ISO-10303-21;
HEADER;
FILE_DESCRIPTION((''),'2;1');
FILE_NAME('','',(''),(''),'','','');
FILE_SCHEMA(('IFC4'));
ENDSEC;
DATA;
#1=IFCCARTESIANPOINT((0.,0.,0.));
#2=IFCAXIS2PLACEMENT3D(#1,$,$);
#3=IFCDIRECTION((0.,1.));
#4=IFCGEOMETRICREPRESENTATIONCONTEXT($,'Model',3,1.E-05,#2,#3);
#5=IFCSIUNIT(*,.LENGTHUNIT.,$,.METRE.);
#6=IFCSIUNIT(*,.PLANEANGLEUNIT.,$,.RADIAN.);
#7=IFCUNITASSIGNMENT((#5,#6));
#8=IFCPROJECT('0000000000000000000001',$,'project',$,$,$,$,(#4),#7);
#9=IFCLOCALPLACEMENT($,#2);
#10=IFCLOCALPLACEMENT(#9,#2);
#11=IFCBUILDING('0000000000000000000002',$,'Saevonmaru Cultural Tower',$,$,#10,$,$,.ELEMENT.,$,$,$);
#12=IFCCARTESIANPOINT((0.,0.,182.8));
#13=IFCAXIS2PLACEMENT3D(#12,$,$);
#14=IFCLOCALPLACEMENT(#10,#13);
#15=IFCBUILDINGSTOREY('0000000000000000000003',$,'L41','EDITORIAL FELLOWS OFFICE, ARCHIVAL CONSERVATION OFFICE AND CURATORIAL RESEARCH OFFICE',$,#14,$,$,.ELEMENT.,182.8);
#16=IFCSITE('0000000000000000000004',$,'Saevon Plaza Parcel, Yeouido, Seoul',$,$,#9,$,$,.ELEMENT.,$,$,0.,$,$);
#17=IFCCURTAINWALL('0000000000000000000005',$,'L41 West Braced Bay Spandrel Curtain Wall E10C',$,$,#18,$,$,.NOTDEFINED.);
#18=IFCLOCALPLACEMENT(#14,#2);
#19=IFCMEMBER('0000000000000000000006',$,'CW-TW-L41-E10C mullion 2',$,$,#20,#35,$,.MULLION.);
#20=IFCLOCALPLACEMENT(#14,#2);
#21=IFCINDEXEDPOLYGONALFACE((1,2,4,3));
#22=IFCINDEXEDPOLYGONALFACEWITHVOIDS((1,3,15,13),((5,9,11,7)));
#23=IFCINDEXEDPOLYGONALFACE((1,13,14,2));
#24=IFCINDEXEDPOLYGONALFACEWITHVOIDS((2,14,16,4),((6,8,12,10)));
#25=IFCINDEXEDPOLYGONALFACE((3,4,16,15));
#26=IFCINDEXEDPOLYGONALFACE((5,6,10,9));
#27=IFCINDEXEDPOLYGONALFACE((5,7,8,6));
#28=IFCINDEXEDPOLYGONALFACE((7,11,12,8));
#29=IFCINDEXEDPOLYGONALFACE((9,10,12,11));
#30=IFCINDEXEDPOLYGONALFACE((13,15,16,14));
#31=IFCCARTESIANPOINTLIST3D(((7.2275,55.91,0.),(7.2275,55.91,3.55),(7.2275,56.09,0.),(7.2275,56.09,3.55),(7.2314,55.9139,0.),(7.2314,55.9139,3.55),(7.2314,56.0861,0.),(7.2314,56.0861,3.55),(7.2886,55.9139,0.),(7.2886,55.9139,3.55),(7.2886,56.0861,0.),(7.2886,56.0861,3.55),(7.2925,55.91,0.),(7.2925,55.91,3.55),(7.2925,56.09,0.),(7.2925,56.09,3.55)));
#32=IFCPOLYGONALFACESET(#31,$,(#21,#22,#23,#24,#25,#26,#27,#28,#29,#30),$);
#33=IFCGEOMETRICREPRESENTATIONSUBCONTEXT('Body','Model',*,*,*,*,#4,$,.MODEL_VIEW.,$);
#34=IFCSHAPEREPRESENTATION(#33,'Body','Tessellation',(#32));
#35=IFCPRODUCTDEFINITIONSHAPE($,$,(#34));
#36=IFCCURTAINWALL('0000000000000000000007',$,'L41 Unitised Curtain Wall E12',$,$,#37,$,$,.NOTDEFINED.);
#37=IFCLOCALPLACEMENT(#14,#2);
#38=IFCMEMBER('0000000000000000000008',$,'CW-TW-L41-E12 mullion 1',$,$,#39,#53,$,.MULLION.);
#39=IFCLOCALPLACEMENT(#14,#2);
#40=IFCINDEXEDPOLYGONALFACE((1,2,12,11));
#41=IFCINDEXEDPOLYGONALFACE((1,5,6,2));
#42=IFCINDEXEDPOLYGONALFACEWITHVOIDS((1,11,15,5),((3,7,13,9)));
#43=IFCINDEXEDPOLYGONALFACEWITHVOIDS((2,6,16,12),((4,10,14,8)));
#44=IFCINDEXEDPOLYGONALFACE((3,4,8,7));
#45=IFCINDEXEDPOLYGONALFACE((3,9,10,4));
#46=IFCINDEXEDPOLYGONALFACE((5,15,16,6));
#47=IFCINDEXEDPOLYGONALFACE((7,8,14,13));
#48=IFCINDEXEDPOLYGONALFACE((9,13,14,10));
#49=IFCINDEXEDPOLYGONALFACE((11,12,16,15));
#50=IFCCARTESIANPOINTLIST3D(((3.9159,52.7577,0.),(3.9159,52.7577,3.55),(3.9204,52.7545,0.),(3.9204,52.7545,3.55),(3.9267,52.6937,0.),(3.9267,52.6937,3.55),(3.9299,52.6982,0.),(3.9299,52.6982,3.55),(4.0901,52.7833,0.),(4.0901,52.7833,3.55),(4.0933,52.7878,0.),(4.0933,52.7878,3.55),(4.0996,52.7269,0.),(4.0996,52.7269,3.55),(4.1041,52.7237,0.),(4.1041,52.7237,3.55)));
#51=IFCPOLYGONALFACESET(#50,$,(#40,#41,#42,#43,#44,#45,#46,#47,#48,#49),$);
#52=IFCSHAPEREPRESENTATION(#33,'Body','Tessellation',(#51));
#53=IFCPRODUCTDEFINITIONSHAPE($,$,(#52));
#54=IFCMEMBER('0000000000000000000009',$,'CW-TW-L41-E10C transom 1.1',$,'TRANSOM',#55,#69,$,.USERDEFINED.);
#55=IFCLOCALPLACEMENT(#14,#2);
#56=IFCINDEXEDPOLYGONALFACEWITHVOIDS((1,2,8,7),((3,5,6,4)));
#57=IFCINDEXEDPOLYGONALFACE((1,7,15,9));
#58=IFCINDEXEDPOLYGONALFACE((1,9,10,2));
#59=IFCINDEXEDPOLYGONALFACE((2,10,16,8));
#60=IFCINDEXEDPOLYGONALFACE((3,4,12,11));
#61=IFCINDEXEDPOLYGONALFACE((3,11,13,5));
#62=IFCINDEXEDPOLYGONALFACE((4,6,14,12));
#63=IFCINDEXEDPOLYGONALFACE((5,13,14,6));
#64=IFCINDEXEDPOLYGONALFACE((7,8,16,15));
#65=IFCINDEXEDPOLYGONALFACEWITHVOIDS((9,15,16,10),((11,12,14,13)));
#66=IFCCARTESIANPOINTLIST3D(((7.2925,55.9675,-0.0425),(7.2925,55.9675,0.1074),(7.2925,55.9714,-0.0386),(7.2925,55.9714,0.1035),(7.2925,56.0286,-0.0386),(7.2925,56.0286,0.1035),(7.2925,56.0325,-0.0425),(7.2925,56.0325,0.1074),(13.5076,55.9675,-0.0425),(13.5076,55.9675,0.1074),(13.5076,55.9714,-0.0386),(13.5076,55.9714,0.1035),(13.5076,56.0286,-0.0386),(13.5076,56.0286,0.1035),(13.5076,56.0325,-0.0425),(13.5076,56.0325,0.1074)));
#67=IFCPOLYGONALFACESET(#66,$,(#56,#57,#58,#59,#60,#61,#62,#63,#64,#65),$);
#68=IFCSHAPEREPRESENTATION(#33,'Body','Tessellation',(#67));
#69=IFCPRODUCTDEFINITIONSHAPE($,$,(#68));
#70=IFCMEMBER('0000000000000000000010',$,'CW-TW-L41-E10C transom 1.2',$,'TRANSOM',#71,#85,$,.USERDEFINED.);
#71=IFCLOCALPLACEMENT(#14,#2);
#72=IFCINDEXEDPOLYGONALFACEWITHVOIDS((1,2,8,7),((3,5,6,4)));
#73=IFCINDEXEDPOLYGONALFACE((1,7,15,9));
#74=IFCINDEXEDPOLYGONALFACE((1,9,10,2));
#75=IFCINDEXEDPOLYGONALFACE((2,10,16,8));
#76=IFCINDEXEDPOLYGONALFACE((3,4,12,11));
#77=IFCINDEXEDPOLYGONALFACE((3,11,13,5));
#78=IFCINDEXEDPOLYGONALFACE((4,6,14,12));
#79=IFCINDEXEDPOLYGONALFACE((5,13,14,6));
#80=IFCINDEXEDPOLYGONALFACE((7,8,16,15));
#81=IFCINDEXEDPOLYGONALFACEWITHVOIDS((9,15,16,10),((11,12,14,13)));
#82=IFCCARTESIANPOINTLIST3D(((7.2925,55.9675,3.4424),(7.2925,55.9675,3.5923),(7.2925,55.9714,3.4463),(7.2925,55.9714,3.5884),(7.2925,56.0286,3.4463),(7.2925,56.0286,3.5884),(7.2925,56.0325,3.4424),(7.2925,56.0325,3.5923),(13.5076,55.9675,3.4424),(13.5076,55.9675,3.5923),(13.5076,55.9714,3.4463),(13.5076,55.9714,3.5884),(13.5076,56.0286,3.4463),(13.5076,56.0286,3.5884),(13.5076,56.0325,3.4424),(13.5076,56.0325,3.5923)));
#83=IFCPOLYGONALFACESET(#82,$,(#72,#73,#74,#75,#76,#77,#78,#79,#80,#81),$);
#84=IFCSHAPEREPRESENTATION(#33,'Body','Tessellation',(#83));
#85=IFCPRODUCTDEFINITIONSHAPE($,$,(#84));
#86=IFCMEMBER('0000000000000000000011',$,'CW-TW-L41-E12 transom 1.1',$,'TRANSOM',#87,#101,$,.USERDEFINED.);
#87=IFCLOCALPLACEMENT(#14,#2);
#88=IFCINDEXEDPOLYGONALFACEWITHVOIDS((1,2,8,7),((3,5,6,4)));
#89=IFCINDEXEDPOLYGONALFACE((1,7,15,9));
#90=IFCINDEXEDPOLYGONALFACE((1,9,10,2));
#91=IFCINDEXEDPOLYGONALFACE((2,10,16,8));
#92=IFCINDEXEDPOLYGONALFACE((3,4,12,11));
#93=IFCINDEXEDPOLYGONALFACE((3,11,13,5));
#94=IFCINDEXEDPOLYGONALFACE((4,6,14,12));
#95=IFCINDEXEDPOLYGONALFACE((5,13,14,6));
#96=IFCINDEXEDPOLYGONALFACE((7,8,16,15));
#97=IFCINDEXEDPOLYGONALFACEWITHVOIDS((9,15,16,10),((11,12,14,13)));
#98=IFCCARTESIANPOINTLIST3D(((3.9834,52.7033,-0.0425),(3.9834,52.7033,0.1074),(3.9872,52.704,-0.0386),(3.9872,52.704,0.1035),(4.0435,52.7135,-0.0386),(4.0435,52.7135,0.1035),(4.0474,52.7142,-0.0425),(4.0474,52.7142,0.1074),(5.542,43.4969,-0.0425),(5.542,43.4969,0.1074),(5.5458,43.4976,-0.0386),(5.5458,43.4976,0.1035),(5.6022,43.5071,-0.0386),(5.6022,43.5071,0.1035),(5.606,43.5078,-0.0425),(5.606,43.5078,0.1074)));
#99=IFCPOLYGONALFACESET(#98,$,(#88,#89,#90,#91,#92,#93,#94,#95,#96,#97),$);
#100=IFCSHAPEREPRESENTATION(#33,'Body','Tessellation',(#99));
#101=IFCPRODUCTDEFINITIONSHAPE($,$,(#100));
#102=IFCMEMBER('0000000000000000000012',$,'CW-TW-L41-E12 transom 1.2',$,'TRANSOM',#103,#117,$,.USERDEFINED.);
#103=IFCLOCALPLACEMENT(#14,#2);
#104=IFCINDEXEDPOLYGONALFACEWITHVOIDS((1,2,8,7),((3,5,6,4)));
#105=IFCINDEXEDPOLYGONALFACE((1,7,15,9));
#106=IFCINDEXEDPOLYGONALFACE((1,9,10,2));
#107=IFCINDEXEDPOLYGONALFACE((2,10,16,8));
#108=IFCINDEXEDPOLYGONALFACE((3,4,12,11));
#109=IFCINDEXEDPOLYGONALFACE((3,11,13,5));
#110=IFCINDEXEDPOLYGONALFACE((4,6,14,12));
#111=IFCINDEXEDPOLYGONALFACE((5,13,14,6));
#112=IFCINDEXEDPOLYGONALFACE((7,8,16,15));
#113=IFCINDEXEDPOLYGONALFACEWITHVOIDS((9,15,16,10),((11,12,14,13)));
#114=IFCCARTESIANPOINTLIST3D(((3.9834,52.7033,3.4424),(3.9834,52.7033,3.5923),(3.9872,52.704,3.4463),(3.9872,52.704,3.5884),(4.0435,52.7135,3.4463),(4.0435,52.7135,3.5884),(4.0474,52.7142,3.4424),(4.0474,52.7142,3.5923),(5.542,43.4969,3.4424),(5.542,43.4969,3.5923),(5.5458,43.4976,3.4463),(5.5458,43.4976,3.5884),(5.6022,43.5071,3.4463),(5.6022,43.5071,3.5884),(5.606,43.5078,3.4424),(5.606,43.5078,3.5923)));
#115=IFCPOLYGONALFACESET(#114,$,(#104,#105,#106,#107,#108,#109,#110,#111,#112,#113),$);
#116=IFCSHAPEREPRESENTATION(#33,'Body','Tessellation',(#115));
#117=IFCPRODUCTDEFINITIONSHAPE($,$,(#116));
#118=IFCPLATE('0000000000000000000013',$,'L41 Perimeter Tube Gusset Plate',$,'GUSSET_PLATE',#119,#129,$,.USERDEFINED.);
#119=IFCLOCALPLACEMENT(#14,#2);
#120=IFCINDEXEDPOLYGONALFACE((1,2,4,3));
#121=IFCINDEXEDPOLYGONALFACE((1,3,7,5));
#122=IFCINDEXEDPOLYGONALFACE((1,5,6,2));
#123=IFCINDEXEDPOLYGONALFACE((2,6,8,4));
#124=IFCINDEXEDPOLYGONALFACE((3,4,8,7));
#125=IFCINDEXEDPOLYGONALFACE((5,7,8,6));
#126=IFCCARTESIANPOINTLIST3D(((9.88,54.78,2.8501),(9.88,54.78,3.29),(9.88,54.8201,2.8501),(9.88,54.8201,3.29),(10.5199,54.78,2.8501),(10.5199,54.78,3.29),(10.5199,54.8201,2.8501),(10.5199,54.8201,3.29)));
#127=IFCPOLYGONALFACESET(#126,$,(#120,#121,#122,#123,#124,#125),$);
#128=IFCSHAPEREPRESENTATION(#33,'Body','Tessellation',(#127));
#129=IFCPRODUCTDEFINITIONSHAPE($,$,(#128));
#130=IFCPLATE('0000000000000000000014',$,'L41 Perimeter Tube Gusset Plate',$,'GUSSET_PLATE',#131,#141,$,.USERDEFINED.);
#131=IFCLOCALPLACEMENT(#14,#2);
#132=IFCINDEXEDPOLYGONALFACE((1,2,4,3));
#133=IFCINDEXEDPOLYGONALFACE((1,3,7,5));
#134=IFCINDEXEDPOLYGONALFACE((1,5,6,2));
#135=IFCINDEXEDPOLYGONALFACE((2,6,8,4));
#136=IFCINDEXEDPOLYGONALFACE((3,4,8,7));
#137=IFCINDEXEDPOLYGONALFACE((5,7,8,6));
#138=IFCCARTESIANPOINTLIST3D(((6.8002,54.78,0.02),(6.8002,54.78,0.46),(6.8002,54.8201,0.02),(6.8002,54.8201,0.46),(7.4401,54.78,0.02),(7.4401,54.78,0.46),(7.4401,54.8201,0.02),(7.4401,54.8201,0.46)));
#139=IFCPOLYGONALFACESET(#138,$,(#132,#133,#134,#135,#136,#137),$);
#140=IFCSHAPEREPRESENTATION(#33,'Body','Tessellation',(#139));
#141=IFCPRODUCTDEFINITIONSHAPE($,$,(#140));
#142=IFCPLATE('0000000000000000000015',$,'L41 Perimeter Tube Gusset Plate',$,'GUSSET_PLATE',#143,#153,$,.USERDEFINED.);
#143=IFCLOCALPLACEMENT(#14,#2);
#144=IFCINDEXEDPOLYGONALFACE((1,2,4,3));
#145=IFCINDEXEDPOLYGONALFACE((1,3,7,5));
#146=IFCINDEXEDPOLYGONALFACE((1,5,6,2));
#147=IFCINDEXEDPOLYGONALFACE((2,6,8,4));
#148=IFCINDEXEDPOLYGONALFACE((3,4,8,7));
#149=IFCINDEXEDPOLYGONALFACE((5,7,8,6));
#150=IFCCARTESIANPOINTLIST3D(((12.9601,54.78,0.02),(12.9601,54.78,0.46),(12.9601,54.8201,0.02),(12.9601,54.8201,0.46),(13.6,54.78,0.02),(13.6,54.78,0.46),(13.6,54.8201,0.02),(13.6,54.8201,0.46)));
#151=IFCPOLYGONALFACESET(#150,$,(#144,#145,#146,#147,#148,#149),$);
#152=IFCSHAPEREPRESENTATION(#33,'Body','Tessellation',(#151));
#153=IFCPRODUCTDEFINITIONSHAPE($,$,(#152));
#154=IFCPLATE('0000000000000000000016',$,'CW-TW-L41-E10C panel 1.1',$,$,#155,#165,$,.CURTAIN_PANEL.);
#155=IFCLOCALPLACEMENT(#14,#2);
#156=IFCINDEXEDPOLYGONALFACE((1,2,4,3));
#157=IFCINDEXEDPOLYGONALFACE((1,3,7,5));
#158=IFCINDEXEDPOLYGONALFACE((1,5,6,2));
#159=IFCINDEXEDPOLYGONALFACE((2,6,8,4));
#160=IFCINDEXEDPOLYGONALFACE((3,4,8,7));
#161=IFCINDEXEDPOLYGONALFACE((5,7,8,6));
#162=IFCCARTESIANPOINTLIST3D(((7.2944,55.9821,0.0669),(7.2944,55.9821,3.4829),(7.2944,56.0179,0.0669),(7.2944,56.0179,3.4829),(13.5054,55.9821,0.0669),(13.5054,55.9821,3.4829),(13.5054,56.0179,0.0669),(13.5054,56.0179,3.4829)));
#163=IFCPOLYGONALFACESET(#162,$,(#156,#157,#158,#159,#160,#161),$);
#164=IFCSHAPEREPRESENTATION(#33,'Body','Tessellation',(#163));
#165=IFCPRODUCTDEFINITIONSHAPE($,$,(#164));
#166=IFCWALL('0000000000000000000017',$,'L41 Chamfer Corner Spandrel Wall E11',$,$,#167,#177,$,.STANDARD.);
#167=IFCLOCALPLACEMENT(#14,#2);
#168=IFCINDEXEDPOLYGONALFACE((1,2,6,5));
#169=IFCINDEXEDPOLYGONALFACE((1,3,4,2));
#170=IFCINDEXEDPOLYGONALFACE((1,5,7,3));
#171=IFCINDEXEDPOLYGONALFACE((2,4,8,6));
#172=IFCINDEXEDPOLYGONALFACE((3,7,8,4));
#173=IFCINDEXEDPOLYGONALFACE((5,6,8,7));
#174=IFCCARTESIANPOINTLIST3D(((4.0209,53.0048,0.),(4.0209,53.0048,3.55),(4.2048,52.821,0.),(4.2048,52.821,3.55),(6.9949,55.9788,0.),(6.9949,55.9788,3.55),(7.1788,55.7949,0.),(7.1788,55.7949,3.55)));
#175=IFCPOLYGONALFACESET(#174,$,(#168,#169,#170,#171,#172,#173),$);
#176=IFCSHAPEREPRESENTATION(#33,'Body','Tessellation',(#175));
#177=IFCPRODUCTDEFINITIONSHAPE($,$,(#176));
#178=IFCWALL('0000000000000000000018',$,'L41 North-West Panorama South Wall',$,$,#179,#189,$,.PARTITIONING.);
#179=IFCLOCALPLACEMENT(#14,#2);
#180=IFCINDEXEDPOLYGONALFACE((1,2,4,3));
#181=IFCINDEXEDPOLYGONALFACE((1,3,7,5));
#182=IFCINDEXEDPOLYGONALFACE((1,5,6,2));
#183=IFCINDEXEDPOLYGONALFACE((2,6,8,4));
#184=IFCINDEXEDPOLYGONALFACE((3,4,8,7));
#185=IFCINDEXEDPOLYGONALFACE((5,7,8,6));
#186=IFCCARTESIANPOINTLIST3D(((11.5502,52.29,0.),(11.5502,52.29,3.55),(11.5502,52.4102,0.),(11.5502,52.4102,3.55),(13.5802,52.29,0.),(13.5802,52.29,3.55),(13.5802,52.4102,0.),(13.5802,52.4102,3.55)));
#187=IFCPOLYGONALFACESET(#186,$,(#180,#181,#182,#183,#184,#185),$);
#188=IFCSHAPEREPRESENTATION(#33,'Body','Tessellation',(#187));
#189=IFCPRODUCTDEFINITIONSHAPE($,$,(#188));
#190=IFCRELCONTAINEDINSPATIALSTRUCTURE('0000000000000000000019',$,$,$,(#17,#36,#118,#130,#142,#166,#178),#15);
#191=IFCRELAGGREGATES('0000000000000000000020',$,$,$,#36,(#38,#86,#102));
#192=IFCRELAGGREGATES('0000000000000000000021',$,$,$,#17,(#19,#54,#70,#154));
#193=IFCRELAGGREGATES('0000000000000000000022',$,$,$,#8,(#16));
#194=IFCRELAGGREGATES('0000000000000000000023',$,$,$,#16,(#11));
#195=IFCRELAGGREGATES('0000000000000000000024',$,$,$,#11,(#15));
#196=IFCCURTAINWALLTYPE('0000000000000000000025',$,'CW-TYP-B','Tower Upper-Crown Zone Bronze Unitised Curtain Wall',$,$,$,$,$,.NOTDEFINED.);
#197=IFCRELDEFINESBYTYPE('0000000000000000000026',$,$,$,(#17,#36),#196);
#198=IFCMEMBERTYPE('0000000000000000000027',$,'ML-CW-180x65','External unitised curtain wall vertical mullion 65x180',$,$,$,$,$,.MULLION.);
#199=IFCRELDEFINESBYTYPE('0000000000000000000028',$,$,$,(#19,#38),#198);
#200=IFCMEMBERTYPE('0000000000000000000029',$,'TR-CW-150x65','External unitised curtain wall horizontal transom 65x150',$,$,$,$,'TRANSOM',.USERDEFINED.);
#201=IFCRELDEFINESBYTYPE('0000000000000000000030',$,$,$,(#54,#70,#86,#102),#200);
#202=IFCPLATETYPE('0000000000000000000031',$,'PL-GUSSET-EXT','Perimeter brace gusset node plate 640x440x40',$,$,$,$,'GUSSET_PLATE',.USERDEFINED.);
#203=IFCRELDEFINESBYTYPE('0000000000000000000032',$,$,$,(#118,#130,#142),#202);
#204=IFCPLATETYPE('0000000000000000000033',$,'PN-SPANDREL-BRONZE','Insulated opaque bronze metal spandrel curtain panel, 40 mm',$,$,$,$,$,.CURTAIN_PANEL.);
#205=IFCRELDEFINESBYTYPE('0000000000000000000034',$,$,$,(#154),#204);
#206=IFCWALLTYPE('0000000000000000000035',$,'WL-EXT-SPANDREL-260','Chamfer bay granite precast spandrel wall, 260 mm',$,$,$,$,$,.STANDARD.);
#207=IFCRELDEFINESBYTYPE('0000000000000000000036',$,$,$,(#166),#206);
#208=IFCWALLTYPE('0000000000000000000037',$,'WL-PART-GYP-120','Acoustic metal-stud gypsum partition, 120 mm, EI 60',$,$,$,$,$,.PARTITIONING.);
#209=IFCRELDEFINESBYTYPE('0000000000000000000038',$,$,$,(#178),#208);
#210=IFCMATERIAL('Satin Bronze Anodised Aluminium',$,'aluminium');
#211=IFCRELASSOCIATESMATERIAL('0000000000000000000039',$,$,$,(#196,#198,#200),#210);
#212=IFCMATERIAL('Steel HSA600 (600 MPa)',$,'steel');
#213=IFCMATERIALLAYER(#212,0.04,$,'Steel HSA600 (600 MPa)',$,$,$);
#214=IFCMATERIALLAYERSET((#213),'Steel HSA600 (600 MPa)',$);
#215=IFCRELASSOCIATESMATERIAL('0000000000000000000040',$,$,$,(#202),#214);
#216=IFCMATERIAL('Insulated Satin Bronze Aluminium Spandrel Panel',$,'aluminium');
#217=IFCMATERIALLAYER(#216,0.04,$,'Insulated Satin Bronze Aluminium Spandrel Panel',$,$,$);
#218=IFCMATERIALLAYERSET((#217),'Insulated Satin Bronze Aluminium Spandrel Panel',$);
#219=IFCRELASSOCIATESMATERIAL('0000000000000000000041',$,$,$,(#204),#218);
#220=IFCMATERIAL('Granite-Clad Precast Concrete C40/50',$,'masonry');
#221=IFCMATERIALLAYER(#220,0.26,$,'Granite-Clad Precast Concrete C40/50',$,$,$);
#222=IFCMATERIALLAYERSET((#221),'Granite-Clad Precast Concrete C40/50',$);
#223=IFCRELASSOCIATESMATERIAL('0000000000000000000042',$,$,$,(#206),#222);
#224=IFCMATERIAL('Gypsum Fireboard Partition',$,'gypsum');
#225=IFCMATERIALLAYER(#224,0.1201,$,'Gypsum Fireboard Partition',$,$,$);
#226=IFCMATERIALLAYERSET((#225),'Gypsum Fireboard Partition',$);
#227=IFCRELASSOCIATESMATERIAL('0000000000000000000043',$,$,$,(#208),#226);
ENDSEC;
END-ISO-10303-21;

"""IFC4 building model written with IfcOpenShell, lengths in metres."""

from ifc_helpers import new_model, si_unit, direction, frame, frame_2d, origin, origin_2d, place, context, subcontext, project, spatial, rectangle, hollow_rectangle, extrude, material, layer, layer_set, material_profile, profile_set, type_object, element, aggregate, save


model = new_model("IFC4")

# Units and contexts
model_context = context("Model", 3, precision=1e-05, world=origin(), true_north=direction((0.0, 1.0)))
body_context = subcontext(model_context, "Body", "Model", "MODEL_VIEW")
ifc_project = project(units=[si_unit("LENGTHUNIT", "METRE"), si_unit("PLANEANGLEUNIT", "RADIAN")], contexts=[model_context])

# Site, building, storey
site_placement = place(None, origin())
site = spatial("IfcSite", under=ifc_project, at=site_placement, Name="Saevon Plaza Parcel, Yeouido, Seoul", CompositionType="ELEMENT", RefElevation=0.0)
building_placement = place(site_placement, origin())
building = spatial("IfcBuilding", under=site, at=building_placement, Name="Saevonmaru Cultural Tower", CompositionType="ELEMENT")
storey_placement = place(building_placement, frame((0.0, 0.0, 182.8)))
storey = spatial("IfcBuildingStorey", under=building, at=storey_placement, Name="L41", Description="EDITORIAL FELLOWS OFFICE, ARCHIVAL CONSERVATION OFFICE AND CURATORIAL RESEARCH OFFICE", CompositionType="ELEMENT", Elevation=182.8)

# Curtain walls, members
ifc_material_1 = material(Name="Satin Bronze Anodised Aluminium", Category="aluminium")
curtain_wall_type = type_object("IfcCurtainWallType", Name="CW-TYP-B", Description="Tower Upper-Crown Zone Bronze Unitised Curtain Wall", PredefinedType="NOTDEFINED", material=ifc_material_1)
curtain_wall_1_placement = place(storey_placement, origin())
curtain_wall_1 = element("IfcCurtainWall", 1, at=curtain_wall_1_placement, inside=storey, type_object=curtain_wall_type, Name="L41 West Braced Bay Spandrel Curtain Wall E10C", PredefinedType="NOTDEFINED")
ifc_material_profile_1 = material_profile(ifc_material_1, hollow_rectangle(XDim=0.0649, YDim=0.1799, WallThickness=0.0039, at=origin_2d()), Name="ALU-MULL-180x65x4")
ifc_profile_set_1 = profile_set([ifc_material_profile_1], Name="Satin Bronze Anodised Aluminium")
member_type_1 = type_object("IfcMemberType", Name="ML-CW-180x65", Description="External unitised curtain wall vertical mullion 65x180", PredefinedType="MULLION", material=ifc_profile_set_1)
member_1_placement = place(storey_placement, frame((7.26, 56.0, 0.0), z_axis=(0.0, 0.0, 1.0), x_axis=(-1.0, 0.0, 0.0)))
member_1 = element("IfcMember", 2, at=member_1_placement, type_object=member_type_1, Name="CW-TW-L41-E10C mullion 2", PredefinedType="MULLION", context=body_context, shape_type="SweptSolid", body=[
    extrude(hollow_rectangle(XDim=0.0649, YDim=0.1799, WallThickness=0.0039, at=origin_2d()), origin(), (0.0, 0.0, 1.0), 3.55),
])
curtain_wall_2_placement = place(storey_placement, origin())
curtain_wall_2 = element("IfcCurtainWall", 3, at=curtain_wall_2_placement, inside=storey, type_object=curtain_wall_type, Name="L41 Unitised Curtain Wall E12", PredefinedType="NOTDEFINED")
member_2_placement = place(storey_placement, frame((4.01, 52.7407, 0.0), z_axis=(0.0, 0.0, 1.0), x_axis=(0.166922, -0.98597, 0.0)))
member_2 = element("IfcMember", 4, at=member_2_placement, type_object=member_type_1, Name="CW-TW-L41-E12 mullion 1", PredefinedType="MULLION", context=body_context, shape_type="SweptSolid", body=[
    extrude(hollow_rectangle(XDim=0.0649, YDim=0.1799, WallThickness=0.0039, at=origin_2d()), origin(), (0.0, 0.0, 1.0), 3.55),
])

# Members
ifc_material_profile_2 = material_profile(ifc_material_1, hollow_rectangle(XDim=0.0649, YDim=0.1499, WallThickness=0.0039, at=origin_2d()), Name="ALU-TRAN-150x65x4")
ifc_profile_set_2 = profile_set([ifc_material_profile_2], Name="Satin Bronze Anodised Aluminium")
member_type_2 = type_object("IfcMemberType", Name="TR-CW-150x65", Description="External unitised curtain wall horizontal transom 65x150", ElementType="TRANSOM", PredefinedType="USERDEFINED", material=ifc_profile_set_2)
member_3_placement = place(storey_placement, frame((13.5076, 56.0, 0.0325), z_axis=(-1.0, 0.0, 0.0), x_axis=(0.0, -1.0, 0.0)))
member_3 = element("IfcMember", 5, at=member_3_placement, type_object=member_type_2, Name="CW-TW-L41-E10C transom 1.1", ObjectType="TRANSOM", PredefinedType="USERDEFINED", context=body_context, shape_type="SweptSolid", body=[
    extrude(hollow_rectangle(XDim=0.0649, YDim=0.1499, WallThickness=0.0039, at=origin_2d()), origin(), (0.0, 0.0, 1.0), 6.2151),
])
member_4_placement = place(storey_placement, frame((13.5076, 56.0, 3.5173), z_axis=(-1.0, 0.0, 0.0), x_axis=(0.0, -1.0, 0.0)))
member_4 = element("IfcMember", 6, at=member_4_placement, type_object=member_type_2, Name="CW-TW-L41-E10C transom 1.2", ObjectType="TRANSOM", PredefinedType="USERDEFINED", context=body_context, shape_type="SweptSolid", body=[
    extrude(hollow_rectangle(XDim=0.0649, YDim=0.1499, WallThickness=0.0039, at=origin_2d()), origin(), (0.0, 0.0, 1.0), 6.2151),
])
member_5_placement = place(storey_placement, frame((4.0154, 52.7087, 0.0325), z_axis=(0.166921, -0.98597, 0.0), x_axis=(0.98597, 0.166921, 0.0)))
member_5 = element("IfcMember", 7, at=member_5_placement, type_object=member_type_2, Name="CW-TW-L41-E12 transom 1.1", ObjectType="TRANSOM", PredefinedType="USERDEFINED", context=body_context, shape_type="SweptSolid", body=[
    extrude(hollow_rectangle(XDim=0.0649, YDim=0.1499, WallThickness=0.0039, at=origin_2d()), origin(), (0.0, 0.0, 1.0), 9.3374),
])
member_6_placement = place(storey_placement, frame((4.0154, 52.7087, 3.5173), z_axis=(0.166921, -0.98597, 0.0), x_axis=(0.98597, 0.166921, 0.0)))
member_6 = element("IfcMember", 8, at=member_6_placement, type_object=member_type_2, Name="CW-TW-L41-E12 transom 1.2", ObjectType="TRANSOM", PredefinedType="USERDEFINED", context=body_context, shape_type="SweptSolid", body=[
    extrude(hollow_rectangle(XDim=0.0649, YDim=0.1499, WallThickness=0.0039, at=origin_2d()), origin(), (0.0, 0.0, 1.0), 9.3374),
])
aggregate(curtain_wall_2, [member_2, member_5, member_6])

# Plates
ifc_material_2 = material(Name="Steel HSA600 (600 MPa)", Category="steel")
ifc_layer_1 = layer(ifc_material_2, 0.04, Name="Steel HSA600 (600 MPa)")
ifc_layer_set_1 = layer_set([ifc_layer_1], Name="Steel HSA600 (600 MPa)")
plate_type_1 = type_object("IfcPlateType", Name="PL-GUSSET-EXT", Description="Perimeter brace gusset node plate 640x440x40", ElementType="GUSSET_PLATE", PredefinedType="USERDEFINED", material=ifc_layer_set_1)
for number, where, z_axis, x_axis, name in (
    (9, (10.2, 54.8, 2.8501), (0.0, 0.0, 1.0), (1.0, 0.0, 0.0), "L41 Perimeter Tube Gusset Plate"),
    (10, (7.1201, 54.8, 0.02), (0.0, 0.0, 1.0), (1.0, 0.0, 0.0), "L41 Perimeter Tube Gusset Plate"),
    (11, (13.28, 54.8, 0.02), (0.0, 0.0, 1.0), (1.0, 0.0, 0.0), "L41 Perimeter Tube Gusset Plate"),
):
    element("IfcPlate", number, at=place(storey_placement, frame(where, z_axis=z_axis, x_axis=x_axis)), inside=storey, type_object=plate_type_1, Name=name, ObjectType="GUSSET_PLATE", PredefinedType="USERDEFINED", context=body_context, shape_type="SweptSolid", body=[
        extrude(rectangle(XDim=0.6399, YDim=0.04, at=origin_2d()), origin(), (0.0, 0.0, 1.0), 0.4399),
    ])

# Plate
ifc_material_3 = material(Name="Insulated Satin Bronze Aluminium Spandrel Panel", Category="aluminium")
ifc_layer_2 = layer(ifc_material_3, 0.04, Name="Insulated Satin Bronze Aluminium Spandrel Panel")
ifc_layer_set_2 = layer_set([ifc_layer_2], Name="Insulated Satin Bronze Aluminium Spandrel Panel")
plate_type_2 = type_object("IfcPlateType", Name="PN-SPANDREL-BRONZE", Description="Insulated opaque bronze metal spandrel curtain panel, 40 mm", PredefinedType="CURTAIN_PANEL", material=ifc_layer_set_2)
plate_placement = place(storey_placement, frame((10.3999, 56.0, 0.0669), z_axis=(0.0, 0.0, 1.0), x_axis=(-1.0, 0.0, 0.0)))
plate = element("IfcPlate", 12, at=plate_placement, type_object=plate_type_2, Name="CW-TW-L41-E10C panel 1.1", PredefinedType="CURTAIN_PANEL", context=body_context, shape_type="SweptSolid", body=[
    extrude(rectangle(XDim=6.2109, YDim=0.0359, at=origin_2d()), origin(), (0.0, 0.0, 1.0), 3.416),
])
aggregate(curtain_wall_1, [member_1, member_3, member_4, plate])

# Walls
ifc_material_4 = material(Name="Granite-Clad Precast Concrete C40/50", Category="masonry")
ifc_layer_3 = layer(ifc_material_4, 0.26, Name="Granite-Clad Precast Concrete C40/50")
ifc_layer_set_3 = layer_set([ifc_layer_3], Name="Granite-Clad Precast Concrete C40/50")
wall_type_1 = type_object("IfcWallType", Name="WL-EXT-SPANDREL-260", Description="Chamfer bay granite precast spandrel wall, 260 mm", PredefinedType="STANDARD", material=ifc_layer_set_3)
wall_1_placement = place(storey_placement, frame((7.0869, 55.887, 0.0), z_axis=(0.0, 0.0, 1.0), x_axis=(-0.707107, -0.707107, 0.0)))
element("IfcWall", 13, at=wall_1_placement, inside=storey, type_object=wall_type_1, Name="L41 Chamfer Corner Spandrel Wall E11", PredefinedType="STANDARD", context=body_context, shape_type="SweptSolid", body=[
    extrude(rectangle(XDim=4.2058, YDim=0.26, at=frame_2d((2.103, 0.0))), origin(), (0.0, 0.0, 1.0), 3.55),
])
ifc_material_5 = material(Name="Gypsum Fireboard Partition", Category="gypsum")
ifc_layer_4 = layer(ifc_material_5, 0.1201, Name="Gypsum Fireboard Partition")
ifc_layer_set_4 = layer_set([ifc_layer_4], Name="Gypsum Fireboard Partition")
wall_type_2 = type_object("IfcWallType", Name="WL-PART-GYP-120", Description="Acoustic metal-stud gypsum partition, 120 mm, EI 60", PredefinedType="PARTITIONING", material=ifc_layer_set_4)
wall_2_placement = place(storey_placement, frame((11.55, 52.3501, 0.0), z_axis=(0.0, 0.0, 1.0), x_axis=(1.0, 0.0, 0.0)))
element("IfcWall", 14, at=wall_2_placement, inside=storey, type_object=wall_type_2, Name="L41 North-West Panorama South Wall", PredefinedType="PARTITIONING", context=body_context, shape_type="SweptSolid", body=[
    extrude(rectangle(XDim=2.03, YDim=0.1201, at=frame_2d((1.0151, 0.0))), origin(), (0.0, 0.0, 1.0), 3.55),
])

save(model, "model.ifc")
